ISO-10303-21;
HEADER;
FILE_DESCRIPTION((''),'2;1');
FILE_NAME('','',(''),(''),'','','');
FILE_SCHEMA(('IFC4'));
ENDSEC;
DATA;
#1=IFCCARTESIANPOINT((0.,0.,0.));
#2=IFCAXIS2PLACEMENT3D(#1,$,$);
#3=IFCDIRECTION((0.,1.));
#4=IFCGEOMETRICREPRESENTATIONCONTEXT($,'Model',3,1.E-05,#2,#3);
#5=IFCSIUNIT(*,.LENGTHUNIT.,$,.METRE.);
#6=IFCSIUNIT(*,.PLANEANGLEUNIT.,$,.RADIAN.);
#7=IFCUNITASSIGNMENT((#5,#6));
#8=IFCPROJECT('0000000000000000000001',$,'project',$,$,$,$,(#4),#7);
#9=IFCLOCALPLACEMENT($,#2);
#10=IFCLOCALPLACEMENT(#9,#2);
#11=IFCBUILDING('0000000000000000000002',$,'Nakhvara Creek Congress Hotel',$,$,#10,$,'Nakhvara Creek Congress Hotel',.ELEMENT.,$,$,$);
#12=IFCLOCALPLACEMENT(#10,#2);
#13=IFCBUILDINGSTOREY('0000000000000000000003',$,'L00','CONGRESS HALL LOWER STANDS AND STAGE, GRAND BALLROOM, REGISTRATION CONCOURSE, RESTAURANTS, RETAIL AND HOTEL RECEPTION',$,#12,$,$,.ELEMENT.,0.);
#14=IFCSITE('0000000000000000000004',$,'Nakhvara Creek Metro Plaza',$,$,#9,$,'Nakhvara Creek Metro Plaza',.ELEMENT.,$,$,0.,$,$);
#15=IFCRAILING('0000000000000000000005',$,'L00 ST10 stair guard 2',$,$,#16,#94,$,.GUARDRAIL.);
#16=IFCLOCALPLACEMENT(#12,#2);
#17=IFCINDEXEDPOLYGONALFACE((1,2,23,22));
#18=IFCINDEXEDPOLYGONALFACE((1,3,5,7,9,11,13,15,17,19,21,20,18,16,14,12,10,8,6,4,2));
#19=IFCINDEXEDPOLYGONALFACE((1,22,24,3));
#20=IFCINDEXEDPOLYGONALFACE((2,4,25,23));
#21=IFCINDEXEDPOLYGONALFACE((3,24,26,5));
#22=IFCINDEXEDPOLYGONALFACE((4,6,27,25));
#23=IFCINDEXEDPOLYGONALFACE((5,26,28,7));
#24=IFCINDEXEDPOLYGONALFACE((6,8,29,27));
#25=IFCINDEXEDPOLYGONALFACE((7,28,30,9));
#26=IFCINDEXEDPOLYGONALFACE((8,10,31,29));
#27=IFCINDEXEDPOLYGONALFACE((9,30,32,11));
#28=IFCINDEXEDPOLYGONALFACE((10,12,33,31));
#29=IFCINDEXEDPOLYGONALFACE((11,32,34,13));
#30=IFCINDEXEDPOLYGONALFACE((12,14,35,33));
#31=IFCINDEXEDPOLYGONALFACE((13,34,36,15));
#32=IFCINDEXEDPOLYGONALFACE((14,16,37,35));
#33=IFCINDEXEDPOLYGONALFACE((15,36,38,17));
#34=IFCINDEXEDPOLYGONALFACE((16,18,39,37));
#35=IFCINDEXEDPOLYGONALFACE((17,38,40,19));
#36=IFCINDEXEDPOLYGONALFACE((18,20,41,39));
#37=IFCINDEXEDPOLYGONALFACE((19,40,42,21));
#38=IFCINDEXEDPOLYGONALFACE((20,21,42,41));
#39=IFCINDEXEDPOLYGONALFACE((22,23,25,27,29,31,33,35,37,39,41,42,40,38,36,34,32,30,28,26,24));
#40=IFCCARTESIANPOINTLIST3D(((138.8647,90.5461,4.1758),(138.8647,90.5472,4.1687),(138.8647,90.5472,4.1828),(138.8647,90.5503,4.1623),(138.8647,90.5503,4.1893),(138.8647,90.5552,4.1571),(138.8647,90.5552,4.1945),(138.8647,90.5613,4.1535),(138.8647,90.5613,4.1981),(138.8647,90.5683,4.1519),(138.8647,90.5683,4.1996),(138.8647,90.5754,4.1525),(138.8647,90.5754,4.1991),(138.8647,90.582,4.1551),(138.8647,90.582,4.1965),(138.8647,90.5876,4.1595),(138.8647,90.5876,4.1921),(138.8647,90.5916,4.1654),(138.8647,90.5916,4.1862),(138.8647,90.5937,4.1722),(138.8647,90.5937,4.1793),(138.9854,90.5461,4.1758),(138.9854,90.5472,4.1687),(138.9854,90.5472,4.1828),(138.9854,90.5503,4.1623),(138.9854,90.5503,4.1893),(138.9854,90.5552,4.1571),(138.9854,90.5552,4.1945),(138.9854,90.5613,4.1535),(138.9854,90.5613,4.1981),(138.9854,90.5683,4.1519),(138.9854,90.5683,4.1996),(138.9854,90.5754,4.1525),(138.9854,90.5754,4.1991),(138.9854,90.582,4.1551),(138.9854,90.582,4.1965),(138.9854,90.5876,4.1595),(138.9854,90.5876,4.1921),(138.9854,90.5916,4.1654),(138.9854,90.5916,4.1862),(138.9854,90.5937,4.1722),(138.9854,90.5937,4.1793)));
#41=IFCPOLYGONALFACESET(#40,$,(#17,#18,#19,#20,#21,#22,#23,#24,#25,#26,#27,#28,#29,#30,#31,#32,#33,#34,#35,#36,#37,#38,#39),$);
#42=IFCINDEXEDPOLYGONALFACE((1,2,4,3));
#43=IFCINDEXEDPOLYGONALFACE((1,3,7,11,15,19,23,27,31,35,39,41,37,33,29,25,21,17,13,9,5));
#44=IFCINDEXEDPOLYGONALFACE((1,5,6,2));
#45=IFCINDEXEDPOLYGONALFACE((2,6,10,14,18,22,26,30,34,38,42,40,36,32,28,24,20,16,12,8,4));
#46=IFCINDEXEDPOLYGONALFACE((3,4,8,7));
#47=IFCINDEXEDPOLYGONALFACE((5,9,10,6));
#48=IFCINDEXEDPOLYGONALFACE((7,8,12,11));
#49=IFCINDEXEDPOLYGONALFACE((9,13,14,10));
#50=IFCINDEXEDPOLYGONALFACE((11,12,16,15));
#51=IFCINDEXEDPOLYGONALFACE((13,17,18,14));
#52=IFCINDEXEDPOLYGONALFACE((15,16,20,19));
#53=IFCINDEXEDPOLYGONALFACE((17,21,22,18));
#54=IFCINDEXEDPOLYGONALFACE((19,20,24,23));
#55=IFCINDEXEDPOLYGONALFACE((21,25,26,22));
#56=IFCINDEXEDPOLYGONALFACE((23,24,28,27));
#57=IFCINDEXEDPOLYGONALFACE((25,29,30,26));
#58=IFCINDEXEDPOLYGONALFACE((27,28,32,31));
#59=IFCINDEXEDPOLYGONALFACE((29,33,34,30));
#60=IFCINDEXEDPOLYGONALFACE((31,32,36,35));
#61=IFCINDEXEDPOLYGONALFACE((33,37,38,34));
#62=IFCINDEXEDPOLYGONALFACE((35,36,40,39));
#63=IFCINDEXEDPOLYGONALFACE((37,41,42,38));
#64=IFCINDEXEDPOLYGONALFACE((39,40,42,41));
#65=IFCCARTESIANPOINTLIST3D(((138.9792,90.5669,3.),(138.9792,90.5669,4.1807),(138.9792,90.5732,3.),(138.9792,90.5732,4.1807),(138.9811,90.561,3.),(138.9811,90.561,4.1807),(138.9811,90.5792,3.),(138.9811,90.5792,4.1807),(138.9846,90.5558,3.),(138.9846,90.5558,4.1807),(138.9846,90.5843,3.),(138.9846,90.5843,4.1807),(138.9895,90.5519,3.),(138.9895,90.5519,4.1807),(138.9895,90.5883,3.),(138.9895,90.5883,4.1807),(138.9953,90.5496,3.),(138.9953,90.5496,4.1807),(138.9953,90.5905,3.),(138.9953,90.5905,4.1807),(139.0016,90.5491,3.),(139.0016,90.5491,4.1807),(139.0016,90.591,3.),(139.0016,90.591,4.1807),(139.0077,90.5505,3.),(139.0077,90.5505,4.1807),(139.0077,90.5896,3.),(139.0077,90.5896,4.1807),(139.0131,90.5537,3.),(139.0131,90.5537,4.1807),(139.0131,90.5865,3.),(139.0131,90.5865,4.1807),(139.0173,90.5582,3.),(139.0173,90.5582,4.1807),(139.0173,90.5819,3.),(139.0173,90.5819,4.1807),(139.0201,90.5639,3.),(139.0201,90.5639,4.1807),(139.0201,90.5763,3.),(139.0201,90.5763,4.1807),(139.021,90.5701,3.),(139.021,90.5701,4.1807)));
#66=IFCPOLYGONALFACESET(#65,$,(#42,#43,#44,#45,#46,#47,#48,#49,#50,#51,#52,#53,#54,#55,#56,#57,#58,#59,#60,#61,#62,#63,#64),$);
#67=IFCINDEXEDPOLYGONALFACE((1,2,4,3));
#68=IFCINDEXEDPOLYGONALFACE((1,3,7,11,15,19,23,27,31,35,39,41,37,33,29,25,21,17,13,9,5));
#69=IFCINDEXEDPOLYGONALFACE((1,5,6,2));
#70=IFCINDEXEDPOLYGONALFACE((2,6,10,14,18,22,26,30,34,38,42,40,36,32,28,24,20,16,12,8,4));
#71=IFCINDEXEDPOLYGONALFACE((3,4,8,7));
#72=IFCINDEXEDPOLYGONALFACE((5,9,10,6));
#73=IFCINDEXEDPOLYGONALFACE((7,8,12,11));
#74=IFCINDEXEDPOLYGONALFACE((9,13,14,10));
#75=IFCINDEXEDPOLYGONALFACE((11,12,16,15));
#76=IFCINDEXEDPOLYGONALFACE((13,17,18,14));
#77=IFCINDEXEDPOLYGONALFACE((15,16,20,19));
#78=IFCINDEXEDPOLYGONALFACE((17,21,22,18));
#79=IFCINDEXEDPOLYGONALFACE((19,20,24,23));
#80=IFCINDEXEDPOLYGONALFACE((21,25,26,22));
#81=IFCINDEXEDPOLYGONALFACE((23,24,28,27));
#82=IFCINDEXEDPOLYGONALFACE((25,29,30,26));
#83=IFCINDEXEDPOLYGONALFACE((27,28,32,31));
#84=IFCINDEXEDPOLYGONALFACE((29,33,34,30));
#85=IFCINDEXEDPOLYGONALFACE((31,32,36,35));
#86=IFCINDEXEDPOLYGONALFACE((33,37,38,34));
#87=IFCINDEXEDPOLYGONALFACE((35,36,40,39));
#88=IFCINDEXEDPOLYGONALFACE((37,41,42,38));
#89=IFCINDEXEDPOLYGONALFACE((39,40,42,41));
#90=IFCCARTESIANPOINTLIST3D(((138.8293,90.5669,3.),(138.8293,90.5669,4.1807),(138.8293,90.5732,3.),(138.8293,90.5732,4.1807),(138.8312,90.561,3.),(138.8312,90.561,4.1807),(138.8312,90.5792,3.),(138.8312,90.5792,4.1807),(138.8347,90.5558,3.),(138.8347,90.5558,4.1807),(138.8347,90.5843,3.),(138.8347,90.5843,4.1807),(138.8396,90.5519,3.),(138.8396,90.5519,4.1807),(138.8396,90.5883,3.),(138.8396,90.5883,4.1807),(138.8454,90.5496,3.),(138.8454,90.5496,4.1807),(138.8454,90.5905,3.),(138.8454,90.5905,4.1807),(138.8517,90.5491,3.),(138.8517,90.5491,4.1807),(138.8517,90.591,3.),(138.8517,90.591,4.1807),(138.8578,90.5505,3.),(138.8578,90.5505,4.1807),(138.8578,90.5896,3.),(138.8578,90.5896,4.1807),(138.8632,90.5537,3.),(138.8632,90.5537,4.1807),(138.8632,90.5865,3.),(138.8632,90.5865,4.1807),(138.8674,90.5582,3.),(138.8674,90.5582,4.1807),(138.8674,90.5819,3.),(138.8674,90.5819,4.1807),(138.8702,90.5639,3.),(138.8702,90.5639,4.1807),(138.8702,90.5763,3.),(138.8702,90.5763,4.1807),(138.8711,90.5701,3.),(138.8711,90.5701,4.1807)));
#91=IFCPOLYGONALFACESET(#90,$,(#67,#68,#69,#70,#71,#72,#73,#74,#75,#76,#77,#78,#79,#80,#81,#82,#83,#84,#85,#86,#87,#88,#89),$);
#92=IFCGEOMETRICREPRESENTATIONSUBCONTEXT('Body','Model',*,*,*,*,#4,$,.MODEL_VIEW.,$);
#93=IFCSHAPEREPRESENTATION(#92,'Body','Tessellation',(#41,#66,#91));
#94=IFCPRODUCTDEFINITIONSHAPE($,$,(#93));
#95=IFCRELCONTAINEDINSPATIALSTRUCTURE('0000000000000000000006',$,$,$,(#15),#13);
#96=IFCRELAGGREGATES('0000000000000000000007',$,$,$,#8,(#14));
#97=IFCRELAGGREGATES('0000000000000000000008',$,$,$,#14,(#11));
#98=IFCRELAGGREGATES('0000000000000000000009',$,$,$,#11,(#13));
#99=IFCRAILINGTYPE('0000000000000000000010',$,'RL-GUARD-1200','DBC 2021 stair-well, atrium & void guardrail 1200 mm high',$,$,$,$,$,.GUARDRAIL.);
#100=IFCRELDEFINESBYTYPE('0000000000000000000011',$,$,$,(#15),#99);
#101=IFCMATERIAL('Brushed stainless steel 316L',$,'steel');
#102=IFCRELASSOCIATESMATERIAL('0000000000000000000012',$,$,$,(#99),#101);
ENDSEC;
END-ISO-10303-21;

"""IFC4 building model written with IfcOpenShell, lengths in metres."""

from ifc_helpers import new_model, si_unit, direction, frame, origin, origin_2d, place, context, subcontext, project, spatial, circle, extrude, material, type_object, element, save


model = new_model("IFC4")

# Units and contexts
model_context = context("Model", 3, precision=1e-05, world=origin(), true_north=direction((0.0, 1.0)))
body_context = subcontext(model_context, "Body", "Model", "MODEL_VIEW")
ifc_project = project(units=[si_unit("LENGTHUNIT", "METRE"), si_unit("PLANEANGLEUNIT", "RADIAN")], contexts=[model_context])

# Site, building, storey
site_placement = place(None, origin())
site = spatial("IfcSite", under=ifc_project, at=site_placement, Name="Nakhvara Creek Metro Plaza", LongName="Nakhvara Creek Metro Plaza", CompositionType="ELEMENT", RefElevation=0.0)
building_placement = place(site_placement, origin())
building = spatial("IfcBuilding", under=site, at=building_placement, Name="Nakhvara Creek Congress Hotel", LongName="Nakhvara Creek Congress Hotel", CompositionType="ELEMENT")
storey_placement = place(building_placement, origin())
storey = spatial("IfcBuildingStorey", under=building, at=storey_placement, Name="L00", Description="CONGRESS HALL LOWER STANDS AND STAGE, GRAND BALLROOM, REGISTRATION CONCOURSE, RESTAURANTS, RETAIL AND HOTEL RECEPTION", CompositionType="ELEMENT", Elevation=0.0)

# Railing
ifc_material_1 = material(Name="Brushed stainless steel 316L", Category="steel")
railing_type_1 = type_object("IfcRailingType", Name="RL-GUARD-1200", Description="DBC 2021 stair-well, atrium & void guardrail 1200 mm high", PredefinedType="GUARDRAIL", material=ifc_material_1)
railing_1_placement = place(storey_placement, frame((139.0, 90.5701, 3.0)))
element("IfcRailing", 1, at=railing_1_placement, inside=storey, type_object=railing_type_1, Name="L00 ST10 stair guard 2", PredefinedType="GUARDRAIL", context=body_context, shape_type="SweptSolid", body=[
    extrude(circle(Radius=0.0239, at=origin_2d()), frame((-0.0146, 0.0, 1.1758), z_axis=(-1.0, 0.0, 0.0), x_axis=(0.0, -1.0, 0.0)), (0.0, 0.0, 1.0), 0.1206),
    extrude(circle(Radius=0.021, at=origin_2d()), origin(), (0.0, 0.0, 1.0), 1.1807),
    extrude(circle(Radius=0.021, at=origin_2d()), frame((-0.1499, 0.0, 0.0)), (0.0, 0.0, 1.0), 1.1807),
])

save(model, "model.ifc")
